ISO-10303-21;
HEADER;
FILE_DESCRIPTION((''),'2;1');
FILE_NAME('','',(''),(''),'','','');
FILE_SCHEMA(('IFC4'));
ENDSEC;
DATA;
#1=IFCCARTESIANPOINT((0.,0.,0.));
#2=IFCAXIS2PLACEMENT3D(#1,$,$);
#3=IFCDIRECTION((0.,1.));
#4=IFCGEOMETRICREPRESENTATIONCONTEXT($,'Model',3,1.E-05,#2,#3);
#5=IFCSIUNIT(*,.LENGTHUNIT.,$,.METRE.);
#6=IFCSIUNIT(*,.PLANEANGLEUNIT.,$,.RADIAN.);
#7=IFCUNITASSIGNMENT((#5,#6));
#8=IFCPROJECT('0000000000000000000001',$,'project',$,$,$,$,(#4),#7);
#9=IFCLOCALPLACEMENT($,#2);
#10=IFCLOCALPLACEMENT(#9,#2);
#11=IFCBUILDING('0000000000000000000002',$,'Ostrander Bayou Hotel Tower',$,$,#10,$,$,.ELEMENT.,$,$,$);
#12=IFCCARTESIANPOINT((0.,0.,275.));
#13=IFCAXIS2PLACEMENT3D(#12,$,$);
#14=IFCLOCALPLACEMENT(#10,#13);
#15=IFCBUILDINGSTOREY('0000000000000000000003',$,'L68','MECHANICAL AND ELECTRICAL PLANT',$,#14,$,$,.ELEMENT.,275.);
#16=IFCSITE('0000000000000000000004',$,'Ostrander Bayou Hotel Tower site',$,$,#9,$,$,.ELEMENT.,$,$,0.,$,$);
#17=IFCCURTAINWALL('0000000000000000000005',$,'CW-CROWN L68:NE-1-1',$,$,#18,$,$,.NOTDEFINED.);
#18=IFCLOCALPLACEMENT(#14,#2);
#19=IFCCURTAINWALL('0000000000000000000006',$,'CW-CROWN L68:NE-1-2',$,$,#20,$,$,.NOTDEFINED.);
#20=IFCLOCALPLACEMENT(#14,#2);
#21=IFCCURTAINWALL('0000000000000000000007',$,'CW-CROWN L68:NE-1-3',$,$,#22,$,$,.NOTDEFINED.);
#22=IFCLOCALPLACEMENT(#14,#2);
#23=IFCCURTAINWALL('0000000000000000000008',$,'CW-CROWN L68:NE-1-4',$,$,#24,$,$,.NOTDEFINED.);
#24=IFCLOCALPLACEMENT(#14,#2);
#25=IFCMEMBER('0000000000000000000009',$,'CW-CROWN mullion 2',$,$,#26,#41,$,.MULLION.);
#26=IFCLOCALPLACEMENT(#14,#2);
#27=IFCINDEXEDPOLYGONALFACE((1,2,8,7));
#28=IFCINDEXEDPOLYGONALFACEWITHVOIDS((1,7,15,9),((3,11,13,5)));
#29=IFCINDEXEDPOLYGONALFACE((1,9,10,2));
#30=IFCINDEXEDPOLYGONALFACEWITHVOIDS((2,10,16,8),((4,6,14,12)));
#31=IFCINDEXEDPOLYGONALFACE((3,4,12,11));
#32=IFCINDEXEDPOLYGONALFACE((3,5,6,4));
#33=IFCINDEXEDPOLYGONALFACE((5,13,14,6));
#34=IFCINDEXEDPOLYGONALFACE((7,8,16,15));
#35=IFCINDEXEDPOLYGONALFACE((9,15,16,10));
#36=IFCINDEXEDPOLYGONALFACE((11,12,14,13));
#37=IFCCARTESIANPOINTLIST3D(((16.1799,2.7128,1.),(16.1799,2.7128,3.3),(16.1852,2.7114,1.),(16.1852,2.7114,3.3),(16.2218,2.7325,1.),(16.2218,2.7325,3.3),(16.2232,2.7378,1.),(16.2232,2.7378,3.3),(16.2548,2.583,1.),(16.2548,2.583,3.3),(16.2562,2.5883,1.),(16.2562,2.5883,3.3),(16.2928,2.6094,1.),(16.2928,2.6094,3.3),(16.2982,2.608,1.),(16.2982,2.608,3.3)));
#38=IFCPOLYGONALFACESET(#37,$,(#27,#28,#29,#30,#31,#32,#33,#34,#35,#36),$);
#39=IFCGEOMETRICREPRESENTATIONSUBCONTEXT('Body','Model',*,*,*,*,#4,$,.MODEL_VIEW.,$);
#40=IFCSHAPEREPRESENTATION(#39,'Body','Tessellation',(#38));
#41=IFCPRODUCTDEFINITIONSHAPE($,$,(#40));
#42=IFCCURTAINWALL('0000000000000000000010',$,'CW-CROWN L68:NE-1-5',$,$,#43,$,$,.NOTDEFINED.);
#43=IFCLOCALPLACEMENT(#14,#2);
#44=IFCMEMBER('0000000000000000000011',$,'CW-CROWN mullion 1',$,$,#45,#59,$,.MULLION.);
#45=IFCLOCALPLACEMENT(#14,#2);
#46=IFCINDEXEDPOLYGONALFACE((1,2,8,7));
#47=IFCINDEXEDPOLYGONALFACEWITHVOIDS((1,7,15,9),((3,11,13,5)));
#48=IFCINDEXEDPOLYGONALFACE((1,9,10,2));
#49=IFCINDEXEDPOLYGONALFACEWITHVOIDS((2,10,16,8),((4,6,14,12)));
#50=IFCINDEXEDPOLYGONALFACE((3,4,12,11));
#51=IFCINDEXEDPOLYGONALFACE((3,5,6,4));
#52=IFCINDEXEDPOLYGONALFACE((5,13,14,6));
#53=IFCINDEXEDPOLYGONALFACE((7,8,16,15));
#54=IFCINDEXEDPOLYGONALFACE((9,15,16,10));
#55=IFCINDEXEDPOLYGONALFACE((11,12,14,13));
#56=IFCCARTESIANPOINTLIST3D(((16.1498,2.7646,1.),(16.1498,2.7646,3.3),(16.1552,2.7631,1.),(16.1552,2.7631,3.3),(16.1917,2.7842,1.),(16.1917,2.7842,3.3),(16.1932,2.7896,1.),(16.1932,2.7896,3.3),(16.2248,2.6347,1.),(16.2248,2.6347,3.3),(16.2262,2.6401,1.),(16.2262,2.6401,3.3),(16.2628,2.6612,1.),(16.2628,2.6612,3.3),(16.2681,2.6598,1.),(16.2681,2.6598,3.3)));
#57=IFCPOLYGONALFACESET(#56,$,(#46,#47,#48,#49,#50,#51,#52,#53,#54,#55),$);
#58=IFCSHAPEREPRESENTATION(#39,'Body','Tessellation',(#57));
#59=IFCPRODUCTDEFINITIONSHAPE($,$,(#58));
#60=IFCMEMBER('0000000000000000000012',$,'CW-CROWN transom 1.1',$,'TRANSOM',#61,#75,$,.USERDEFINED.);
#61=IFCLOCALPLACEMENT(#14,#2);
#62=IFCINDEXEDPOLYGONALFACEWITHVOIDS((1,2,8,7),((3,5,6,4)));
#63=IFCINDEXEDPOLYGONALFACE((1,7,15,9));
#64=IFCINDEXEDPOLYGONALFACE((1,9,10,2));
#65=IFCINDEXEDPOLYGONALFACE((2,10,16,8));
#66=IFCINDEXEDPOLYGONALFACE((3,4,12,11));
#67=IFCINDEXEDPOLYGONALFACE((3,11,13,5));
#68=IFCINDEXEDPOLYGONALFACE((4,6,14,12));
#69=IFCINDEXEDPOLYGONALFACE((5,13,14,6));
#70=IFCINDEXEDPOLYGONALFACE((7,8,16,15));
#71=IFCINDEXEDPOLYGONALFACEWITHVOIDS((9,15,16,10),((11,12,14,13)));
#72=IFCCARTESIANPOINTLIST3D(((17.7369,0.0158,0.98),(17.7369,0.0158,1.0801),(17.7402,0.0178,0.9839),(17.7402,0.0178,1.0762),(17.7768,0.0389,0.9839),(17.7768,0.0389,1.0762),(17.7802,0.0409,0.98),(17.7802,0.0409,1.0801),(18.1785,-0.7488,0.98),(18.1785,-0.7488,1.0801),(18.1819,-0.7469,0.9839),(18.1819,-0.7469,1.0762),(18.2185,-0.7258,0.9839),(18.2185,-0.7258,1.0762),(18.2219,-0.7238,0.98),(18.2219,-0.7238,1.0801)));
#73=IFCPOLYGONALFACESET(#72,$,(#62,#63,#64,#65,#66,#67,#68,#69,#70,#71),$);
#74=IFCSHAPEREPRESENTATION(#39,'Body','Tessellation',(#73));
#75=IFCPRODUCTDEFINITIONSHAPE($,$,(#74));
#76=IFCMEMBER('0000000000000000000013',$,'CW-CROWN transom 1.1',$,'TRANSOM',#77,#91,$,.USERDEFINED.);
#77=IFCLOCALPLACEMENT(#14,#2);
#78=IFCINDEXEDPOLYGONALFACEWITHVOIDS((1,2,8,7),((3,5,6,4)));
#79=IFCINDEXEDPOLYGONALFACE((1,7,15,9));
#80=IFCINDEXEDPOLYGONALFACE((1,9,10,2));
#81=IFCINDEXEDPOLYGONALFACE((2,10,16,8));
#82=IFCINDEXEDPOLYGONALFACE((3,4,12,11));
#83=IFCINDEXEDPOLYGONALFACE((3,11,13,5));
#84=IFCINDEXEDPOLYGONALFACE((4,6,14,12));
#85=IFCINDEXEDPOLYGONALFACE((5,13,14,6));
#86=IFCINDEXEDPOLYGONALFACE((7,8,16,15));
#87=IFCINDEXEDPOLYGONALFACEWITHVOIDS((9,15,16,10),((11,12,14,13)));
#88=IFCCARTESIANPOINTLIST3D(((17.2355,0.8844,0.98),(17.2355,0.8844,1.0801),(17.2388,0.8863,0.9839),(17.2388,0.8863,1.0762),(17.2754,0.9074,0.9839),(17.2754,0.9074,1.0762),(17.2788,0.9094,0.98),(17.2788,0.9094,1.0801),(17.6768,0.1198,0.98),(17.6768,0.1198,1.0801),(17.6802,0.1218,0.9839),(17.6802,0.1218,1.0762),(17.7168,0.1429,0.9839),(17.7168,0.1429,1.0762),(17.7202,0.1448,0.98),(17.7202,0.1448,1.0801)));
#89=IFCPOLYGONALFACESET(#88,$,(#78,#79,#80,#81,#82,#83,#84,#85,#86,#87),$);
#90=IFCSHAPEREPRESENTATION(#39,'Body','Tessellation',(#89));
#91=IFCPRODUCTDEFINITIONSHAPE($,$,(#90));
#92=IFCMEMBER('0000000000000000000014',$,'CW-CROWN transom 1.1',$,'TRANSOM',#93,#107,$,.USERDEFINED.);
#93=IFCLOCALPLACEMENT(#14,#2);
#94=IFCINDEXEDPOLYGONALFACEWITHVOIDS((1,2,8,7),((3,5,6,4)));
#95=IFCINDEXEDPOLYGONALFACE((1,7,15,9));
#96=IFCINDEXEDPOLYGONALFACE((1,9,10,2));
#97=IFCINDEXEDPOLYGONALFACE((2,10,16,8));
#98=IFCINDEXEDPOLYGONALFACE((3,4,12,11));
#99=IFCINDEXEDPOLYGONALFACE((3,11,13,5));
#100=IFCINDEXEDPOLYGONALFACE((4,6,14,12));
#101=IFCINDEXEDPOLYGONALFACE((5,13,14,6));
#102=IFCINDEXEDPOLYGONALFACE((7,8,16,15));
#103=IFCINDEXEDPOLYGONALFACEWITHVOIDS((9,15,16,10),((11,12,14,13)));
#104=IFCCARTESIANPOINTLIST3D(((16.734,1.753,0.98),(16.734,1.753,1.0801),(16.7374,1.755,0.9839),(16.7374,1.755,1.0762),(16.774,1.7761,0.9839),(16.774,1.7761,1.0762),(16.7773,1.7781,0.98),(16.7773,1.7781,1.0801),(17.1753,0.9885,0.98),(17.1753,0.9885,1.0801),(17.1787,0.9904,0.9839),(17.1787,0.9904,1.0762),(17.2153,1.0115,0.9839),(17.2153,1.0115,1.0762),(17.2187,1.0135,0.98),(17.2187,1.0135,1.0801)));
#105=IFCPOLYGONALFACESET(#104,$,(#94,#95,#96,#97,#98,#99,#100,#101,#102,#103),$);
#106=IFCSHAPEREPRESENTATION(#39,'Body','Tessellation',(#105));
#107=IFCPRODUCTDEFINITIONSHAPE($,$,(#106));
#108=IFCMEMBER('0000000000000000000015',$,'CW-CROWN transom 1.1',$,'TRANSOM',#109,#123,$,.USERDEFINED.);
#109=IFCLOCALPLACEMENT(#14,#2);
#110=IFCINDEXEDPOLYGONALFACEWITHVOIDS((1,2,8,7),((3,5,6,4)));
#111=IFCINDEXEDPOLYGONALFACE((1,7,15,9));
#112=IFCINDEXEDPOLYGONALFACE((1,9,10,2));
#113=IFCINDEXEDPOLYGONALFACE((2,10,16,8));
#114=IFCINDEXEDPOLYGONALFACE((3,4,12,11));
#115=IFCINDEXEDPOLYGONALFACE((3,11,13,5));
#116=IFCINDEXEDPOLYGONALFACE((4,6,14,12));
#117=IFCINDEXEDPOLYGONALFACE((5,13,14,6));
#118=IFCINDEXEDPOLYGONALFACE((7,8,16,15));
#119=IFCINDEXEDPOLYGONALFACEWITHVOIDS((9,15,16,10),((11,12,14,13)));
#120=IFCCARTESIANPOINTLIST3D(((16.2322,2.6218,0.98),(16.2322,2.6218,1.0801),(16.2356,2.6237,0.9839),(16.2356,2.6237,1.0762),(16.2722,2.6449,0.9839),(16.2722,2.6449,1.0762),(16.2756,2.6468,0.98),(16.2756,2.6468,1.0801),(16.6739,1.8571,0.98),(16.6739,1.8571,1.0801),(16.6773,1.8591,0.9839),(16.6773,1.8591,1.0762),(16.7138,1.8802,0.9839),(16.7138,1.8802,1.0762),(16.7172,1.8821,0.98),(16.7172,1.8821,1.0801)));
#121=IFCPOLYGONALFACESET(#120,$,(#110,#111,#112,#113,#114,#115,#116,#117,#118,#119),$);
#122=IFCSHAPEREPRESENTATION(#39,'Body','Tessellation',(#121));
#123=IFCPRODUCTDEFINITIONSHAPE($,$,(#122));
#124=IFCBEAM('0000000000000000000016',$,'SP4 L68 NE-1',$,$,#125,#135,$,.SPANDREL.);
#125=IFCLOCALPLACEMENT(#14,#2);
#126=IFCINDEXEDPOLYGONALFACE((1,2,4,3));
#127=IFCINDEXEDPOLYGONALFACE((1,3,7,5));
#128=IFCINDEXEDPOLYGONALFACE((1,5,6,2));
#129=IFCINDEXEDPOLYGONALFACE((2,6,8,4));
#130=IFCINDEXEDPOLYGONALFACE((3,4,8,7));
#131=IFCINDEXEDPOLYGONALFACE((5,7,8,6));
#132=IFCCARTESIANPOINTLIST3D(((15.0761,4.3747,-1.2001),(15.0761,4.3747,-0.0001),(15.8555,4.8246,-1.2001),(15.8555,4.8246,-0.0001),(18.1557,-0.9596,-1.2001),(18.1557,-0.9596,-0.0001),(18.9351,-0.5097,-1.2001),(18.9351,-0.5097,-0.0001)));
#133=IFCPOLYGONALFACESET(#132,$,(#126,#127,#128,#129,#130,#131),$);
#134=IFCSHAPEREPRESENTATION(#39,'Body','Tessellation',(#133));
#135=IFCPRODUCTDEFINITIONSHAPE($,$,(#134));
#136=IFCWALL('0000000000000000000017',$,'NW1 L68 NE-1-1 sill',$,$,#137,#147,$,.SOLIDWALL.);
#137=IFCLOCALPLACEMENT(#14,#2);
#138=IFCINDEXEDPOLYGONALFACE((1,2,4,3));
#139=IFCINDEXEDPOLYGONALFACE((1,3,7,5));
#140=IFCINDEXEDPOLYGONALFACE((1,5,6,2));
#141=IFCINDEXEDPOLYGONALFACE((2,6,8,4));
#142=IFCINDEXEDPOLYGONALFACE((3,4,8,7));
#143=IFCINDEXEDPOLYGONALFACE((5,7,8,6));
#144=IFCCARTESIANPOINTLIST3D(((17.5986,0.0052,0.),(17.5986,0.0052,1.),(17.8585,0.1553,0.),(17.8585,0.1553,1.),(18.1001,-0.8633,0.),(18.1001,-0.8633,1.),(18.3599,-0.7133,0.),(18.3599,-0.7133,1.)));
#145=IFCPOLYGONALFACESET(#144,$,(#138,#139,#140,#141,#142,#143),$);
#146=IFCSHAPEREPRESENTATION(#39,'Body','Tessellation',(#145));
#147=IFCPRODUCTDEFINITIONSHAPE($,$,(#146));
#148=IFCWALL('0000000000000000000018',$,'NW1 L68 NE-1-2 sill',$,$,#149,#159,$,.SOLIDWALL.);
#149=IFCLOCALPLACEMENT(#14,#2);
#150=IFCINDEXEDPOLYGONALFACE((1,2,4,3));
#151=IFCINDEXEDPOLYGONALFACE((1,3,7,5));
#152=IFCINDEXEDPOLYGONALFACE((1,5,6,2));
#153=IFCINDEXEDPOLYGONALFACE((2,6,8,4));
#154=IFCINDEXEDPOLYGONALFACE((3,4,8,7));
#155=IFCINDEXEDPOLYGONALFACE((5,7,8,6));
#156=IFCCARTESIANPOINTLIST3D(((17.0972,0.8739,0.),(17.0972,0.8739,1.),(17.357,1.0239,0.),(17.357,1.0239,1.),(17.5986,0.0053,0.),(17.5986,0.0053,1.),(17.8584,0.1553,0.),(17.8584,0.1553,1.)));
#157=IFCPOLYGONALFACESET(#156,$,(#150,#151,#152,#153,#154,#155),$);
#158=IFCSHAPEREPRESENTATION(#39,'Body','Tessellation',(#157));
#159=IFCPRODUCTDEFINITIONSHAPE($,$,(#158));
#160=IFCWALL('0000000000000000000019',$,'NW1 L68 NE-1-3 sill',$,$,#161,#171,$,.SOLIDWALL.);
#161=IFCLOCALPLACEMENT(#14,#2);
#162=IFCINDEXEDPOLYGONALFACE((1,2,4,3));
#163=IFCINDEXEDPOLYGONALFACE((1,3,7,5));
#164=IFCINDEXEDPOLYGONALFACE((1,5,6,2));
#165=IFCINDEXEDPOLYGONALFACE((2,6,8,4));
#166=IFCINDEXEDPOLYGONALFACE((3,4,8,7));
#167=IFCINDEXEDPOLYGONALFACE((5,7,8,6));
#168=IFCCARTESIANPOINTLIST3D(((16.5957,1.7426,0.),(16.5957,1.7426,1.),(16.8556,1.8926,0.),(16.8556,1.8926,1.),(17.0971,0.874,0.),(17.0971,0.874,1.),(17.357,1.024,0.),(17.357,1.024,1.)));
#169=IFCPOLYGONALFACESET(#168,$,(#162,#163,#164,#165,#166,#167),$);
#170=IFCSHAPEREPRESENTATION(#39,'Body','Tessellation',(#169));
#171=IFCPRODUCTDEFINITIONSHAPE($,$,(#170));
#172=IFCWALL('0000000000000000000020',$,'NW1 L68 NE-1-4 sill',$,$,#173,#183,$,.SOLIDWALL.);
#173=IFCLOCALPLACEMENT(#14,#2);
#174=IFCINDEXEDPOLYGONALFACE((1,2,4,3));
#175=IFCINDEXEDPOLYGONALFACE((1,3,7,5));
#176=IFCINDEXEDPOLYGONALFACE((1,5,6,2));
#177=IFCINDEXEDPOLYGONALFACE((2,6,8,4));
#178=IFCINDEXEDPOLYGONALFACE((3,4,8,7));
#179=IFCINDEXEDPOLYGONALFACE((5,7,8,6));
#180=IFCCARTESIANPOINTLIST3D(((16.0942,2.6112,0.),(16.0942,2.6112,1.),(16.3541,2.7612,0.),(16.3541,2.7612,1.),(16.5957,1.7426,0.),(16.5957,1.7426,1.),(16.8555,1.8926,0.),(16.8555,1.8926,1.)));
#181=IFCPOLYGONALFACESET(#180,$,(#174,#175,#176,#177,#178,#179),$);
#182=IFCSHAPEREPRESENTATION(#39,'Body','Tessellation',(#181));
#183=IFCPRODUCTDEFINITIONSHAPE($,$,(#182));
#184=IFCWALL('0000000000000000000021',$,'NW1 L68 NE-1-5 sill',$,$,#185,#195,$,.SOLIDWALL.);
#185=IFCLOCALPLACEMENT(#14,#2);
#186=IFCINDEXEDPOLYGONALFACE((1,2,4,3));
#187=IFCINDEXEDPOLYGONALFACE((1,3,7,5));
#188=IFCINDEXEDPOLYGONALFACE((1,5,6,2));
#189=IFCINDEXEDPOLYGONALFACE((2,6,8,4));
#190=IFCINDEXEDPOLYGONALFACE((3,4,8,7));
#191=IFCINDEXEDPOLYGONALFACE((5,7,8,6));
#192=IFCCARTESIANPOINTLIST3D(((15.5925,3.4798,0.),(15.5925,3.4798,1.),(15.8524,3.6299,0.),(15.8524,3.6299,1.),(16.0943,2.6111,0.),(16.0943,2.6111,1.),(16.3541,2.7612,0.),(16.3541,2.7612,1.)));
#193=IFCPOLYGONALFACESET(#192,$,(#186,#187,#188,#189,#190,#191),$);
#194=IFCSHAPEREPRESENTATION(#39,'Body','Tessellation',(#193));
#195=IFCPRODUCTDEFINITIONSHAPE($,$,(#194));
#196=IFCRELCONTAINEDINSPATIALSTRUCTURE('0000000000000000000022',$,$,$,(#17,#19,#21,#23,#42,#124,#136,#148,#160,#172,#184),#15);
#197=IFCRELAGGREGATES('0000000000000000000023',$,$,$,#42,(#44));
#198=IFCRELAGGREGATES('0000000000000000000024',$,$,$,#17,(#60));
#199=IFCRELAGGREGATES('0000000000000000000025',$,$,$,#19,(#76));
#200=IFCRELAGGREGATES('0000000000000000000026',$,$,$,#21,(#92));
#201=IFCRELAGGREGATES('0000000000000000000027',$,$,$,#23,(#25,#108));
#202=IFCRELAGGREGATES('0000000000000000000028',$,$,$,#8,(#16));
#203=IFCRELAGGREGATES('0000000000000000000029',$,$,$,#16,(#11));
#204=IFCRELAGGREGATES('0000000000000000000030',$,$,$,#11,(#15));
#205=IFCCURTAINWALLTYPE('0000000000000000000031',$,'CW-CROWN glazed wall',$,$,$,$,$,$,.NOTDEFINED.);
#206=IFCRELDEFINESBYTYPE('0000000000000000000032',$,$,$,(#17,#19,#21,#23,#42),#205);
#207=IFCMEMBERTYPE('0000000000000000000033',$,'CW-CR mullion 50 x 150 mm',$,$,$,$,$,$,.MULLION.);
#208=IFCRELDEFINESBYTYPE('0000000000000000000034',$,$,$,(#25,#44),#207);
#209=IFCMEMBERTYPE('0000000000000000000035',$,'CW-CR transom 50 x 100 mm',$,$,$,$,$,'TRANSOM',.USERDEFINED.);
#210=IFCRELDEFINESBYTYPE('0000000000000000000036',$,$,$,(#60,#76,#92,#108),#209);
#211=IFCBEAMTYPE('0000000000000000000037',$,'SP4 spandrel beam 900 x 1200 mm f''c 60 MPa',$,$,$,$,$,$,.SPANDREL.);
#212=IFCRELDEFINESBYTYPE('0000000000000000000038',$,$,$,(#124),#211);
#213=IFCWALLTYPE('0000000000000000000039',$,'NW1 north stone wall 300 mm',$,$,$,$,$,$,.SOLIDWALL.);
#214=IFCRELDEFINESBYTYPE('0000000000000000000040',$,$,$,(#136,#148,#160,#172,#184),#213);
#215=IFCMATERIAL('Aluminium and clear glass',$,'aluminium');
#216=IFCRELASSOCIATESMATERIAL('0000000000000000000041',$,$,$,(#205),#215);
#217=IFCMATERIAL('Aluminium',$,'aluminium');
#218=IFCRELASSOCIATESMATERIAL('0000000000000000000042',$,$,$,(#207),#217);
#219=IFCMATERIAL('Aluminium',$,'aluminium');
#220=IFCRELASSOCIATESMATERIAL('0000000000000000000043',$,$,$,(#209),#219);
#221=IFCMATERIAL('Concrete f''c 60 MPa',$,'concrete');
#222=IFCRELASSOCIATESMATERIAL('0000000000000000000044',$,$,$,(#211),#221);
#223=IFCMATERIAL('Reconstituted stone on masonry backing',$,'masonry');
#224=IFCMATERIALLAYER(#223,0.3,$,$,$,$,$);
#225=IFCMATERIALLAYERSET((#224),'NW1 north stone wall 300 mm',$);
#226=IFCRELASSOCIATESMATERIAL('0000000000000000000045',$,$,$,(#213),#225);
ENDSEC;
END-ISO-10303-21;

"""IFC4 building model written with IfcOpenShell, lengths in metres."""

from ifc_helpers import new_model, si_unit, direction, frame, frame_2d, origin, origin_2d, place, context, subcontext, project, spatial, rectangle, hollow_rectangle, extrude, material, layer, layer_set, material_profile, profile_set, type_object, element, aggregate, save


model = new_model("IFC4")

# Units and contexts
model_context = context("Model", 3, precision=1e-05, world=origin(), true_north=direction((0.0, 1.0)))
body_context = subcontext(model_context, "Body", "Model", "MODEL_VIEW")
ifc_project = project(units=[si_unit("LENGTHUNIT", "METRE"), si_unit("PLANEANGLEUNIT", "RADIAN")], contexts=[model_context])

# Site, building, storey
site_placement = place(None, origin())
site = spatial("IfcSite", under=ifc_project, at=site_placement, Name="Ostrander Bayou Hotel Tower site", CompositionType="ELEMENT", RefElevation=0.0)
building_placement = place(site_placement, origin())
building = spatial("IfcBuilding", under=site, at=building_placement, Name="Ostrander Bayou Hotel Tower", CompositionType="ELEMENT")
storey_placement = place(building_placement, frame((0.0, 0.0, 275.0)))
storey = spatial("IfcBuildingStorey", under=building, at=storey_placement, Name="L68", Description="MECHANICAL AND ELECTRICAL PLANT", CompositionType="ELEMENT", Elevation=275.0)

# Shared definitions
ifc_material_1 = material(Name="Aluminium and clear glass", Category="aluminium")
curtain_wall_type = type_object("IfcCurtainWallType", Name="CW-CROWN glazed wall", PredefinedType="NOTDEFINED", material=ifc_material_1)
ifc_material_2 = material(Name="Aluminium", Category="aluminium")
ifc_material_profile_1 = material_profile(ifc_material_2, hollow_rectangle(XDim=0.05, YDim=0.1499, WallThickness=0.0039, at=origin_2d()))
ifc_profile_set_1 = profile_set([ifc_material_profile_1], Name="Aluminium")
member_type_1 = type_object("IfcMemberType", Name="CW-CR mullion 50 x 150 mm", PredefinedType="MULLION", material=ifc_profile_set_1)

# Curtain walls, member
curtain_wall_1_placement = place(storey_placement, origin())
curtain_wall_1 = element("IfcCurtainWall", 1, at=curtain_wall_1_placement, inside=storey, type_object=curtain_wall_type, Name="CW-CROWN L68:NE-1-1", PredefinedType="NOTDEFINED")
curtain_wall_2_placement = place(storey_placement, origin())
curtain_wall_2 = element("IfcCurtainWall", 2, at=curtain_wall_2_placement, inside=storey, type_object=curtain_wall_type, Name="CW-CROWN L68:NE-1-2", PredefinedType="NOTDEFINED")
curtain_wall_3_placement = place(storey_placement, origin())
curtain_wall_3 = element("IfcCurtainWall", 3, at=curtain_wall_3_placement, inside=storey, type_object=curtain_wall_type, Name="CW-CROWN L68:NE-1-3", PredefinedType="NOTDEFINED")
curtain_wall_4_placement = place(storey_placement, origin())
curtain_wall_4 = element("IfcCurtainWall", 4, at=curtain_wall_4_placement, inside=storey, type_object=curtain_wall_type, Name="CW-CROWN L68:NE-1-4", PredefinedType="NOTDEFINED")
member_1_placement = place(storey_placement, frame((16.239, 2.6604, 1.0), z_axis=(0.0, 0.0, 1.0), x_axis=(-0.86602, -0.50001, 0.0)))
member_1 = element("IfcMember", 5, at=member_1_placement, type_object=member_type_1, Name="CW-CROWN mullion 2", PredefinedType="MULLION", context=body_context, shape_type="SweptSolid", body=[
    extrude(hollow_rectangle(XDim=0.05, YDim=0.1499, WallThickness=0.0039, at=origin_2d()), origin(), (0.0, 0.0, 1.0), 2.3),
])

# Curtain wall, member
curtain_wall_5_placement = place(storey_placement, origin())
curtain_wall_5 = element("IfcCurtainWall", 6, at=curtain_wall_5_placement, inside=storey, type_object=curtain_wall_type, Name="CW-CROWN L68:NE-1-5", PredefinedType="NOTDEFINED")
member_2_placement = place(storey_placement, frame((16.209, 2.7122, 1.0), z_axis=(0.0, 0.0, 1.0), x_axis=(-0.866001, -0.500042, 0.0)))
member_2 = element("IfcMember", 7, at=member_2_placement, type_object=member_type_1, Name="CW-CROWN mullion 1", PredefinedType="MULLION", context=body_context, shape_type="SweptSolid", body=[
    extrude(hollow_rectangle(XDim=0.05, YDim=0.1499, WallThickness=0.0039, at=origin_2d()), origin(), (0.0, 0.0, 1.0), 2.3),
])
aggregate(curtain_wall_5, [member_2])

# Members
ifc_material_3 = material(Name="Aluminium", Category="aluminium")
ifc_material_profile_2 = material_profile(ifc_material_3, hollow_rectangle(XDim=0.05, YDim=0.1001, WallThickness=0.0039, at=origin_2d()))
ifc_profile_set_2 = profile_set([ifc_material_profile_2], Name="Aluminium")
member_type_2 = type_object("IfcMemberType", Name="CW-CR transom 50 x 100 mm", ElementType="TRANSOM", PredefinedType="USERDEFINED", material=ifc_profile_set_2)
member_3_placement = place(storey_placement, frame((18.2002, -0.7363, 1.03), z_axis=(-0.500153, 0.865937, 0.0), x_axis=(-0.865937, -0.500153, 0.0)))
member_3 = element("IfcMember", 8, at=member_3_placement, type_object=member_type_2, Name="CW-CROWN transom 1.1", ObjectType="TRANSOM", PredefinedType="USERDEFINED", context=body_context, shape_type="SweptSolid", body=[
    extrude(hollow_rectangle(XDim=0.05, YDim=0.1001, WallThickness=0.0039, at=origin_2d()), origin(), (0.0, 0.0, 1.0), 0.8831),
])
aggregate(curtain_wall_1, [member_3])
member_4_placement = place(storey_placement, frame((17.6985, 0.1323, 1.03), z_axis=(-0.499946, 0.866057, 0.0), x_axis=(-0.866057, -0.499946, 0.0)))
member_4 = element("IfcMember", 9, at=member_4_placement, type_object=member_type_2, Name="CW-CROWN transom 1.1", ObjectType="TRANSOM", PredefinedType="USERDEFINED", context=body_context, shape_type="SweptSolid", body=[
    extrude(hollow_rectangle(XDim=0.05, YDim=0.1001, WallThickness=0.0039, at=origin_2d()), origin(), (0.0, 0.0, 1.0), 0.8828),
])
aggregate(curtain_wall_2, [member_4])
member_5_placement = place(storey_placement, frame((17.197, 1.001, 1.03), z_axis=(-0.499946, 0.866057, 0.0), x_axis=(-0.866057, -0.499946, 0.0)))
member_5 = element("IfcMember", 10, at=member_5_placement, type_object=member_type_2, Name="CW-CROWN transom 1.1", ObjectType="TRANSOM", PredefinedType="USERDEFINED", context=body_context, shape_type="SweptSolid", body=[
    extrude(hollow_rectangle(XDim=0.05, YDim=0.1001, WallThickness=0.0039, at=origin_2d()), origin(), (0.0, 0.0, 1.0), 0.8828),
])
aggregate(curtain_wall_3, [member_5])
member_6_placement = place(storey_placement, frame((16.6956, 1.8696, 1.03), z_axis=(-0.500153, 0.865937, 0.0), x_axis=(-0.865937, -0.500153, 0.0)))
member_6 = element("IfcMember", 11, at=member_6_placement, type_object=member_type_2, Name="CW-CROWN transom 1.1", ObjectType="TRANSOM", PredefinedType="USERDEFINED", context=body_context, shape_type="SweptSolid", body=[
    extrude(hollow_rectangle(XDim=0.05, YDim=0.1001, WallThickness=0.0039, at=origin_2d()), origin(), (0.0, 0.0, 1.0), 0.8831),
])
aggregate(curtain_wall_4, [member_1, member_6])

# Beam
ifc_material_4 = material(Name="Concrete f'c 60 MPa", Category="concrete")
ifc_material_profile_3 = material_profile(ifc_material_4, rectangle(XDim=0.8999, YDim=1.2, at=origin_2d()))
ifc_profile_set_3 = profile_set([ifc_material_profile_3], Name="Concrete f'c 60 MPa")
beam_type = type_object("IfcBeamType", Name="SP4 spandrel beam 900 x 1200 mm f'c 60 MPa", PredefinedType="SPANDREL", material=ifc_profile_set_3)
beam_placement = place(storey_placement, frame((18.5454, -0.7346, -0.6001), z_axis=(-0.499984, 0.866034, 0.0), x_axis=(-0.866034, -0.499984, 0.0)))
element("IfcBeam", 12, at=beam_placement, inside=storey, type_object=beam_type, Name="SP4 L68 NE-1", PredefinedType="SPANDREL", context=body_context, shape_type="SweptSolid", body=[
    extrude(rectangle(XDim=0.8999, YDim=1.2, at=origin_2d()), origin(), (0.0, 0.0, 1.0), 6.1594),
])

# Walls
ifc_material_5 = material(Name="Reconstituted stone on masonry backing", Category="masonry")
ifc_layer = layer(ifc_material_5, 0.3)
ifc_layer_set = layer_set([ifc_layer], Name="NW1 north stone wall 300 mm")
wall_type = type_object("IfcWallType", Name="NW1 north stone wall 300 mm", PredefinedType="SOLIDWALL", material=ifc_layer_set)
for number, where, z_axis, x_axis, name in (
    (13, (18.23, -0.7883, 0.0), (0.0, 0.0, 1.0), (-0.499961, 0.866048, 0.0), "NW1 L68 NE-1-1 sill"),
    (14, (17.7285, 0.0803, 0.0), (0.0, 0.0, 1.0), (-0.499961, 0.866048, 0.0), "NW1 L68 NE-1-2 sill"),
    (15, (17.2271, 0.949, 0.0), (0.0, 0.0, 1.0), (-0.499961, 0.866048, 0.0), "NW1 L68 NE-1-3 sill"),
    (16, (16.7256, 1.8176, 0.0), (0.0, 0.0, 1.0), (-0.499961, 0.866048, 0.0), "NW1 L68 NE-1-4 sill"),
):
    element("IfcWall", number, at=place(storey_placement, frame(where, z_axis=z_axis, x_axis=x_axis)), inside=storey, type_object=wall_type, Name=name, PredefinedType="SOLIDWALL", context=body_context, shape_type="SweptSolid", body=[
        extrude(rectangle(XDim=1.0029, YDim=0.3, at=frame_2d((0.5015, 0.0))), origin(), (0.0, 0.0, 1.0), 1.0),
    ])
wall_placement = place(storey_placement, frame((16.2241, 2.6863, 0.0), z_axis=(0.0, 0.0, 1.0), x_axis=(-0.500144, 0.865942, 0.0)))
element("IfcWall", 17, at=wall_placement, inside=storey, type_object=wall_type, Name="NW1 L68 NE-1-5 sill", PredefinedType="SOLIDWALL", context=body_context, shape_type="SweptSolid", body=[
    extrude(rectangle(XDim=1.0032, YDim=0.3, at=frame_2d((0.5015, 0.0))), origin(), (0.0, 0.0, 1.0), 1.0),
])

save(model, "model.ifc")
